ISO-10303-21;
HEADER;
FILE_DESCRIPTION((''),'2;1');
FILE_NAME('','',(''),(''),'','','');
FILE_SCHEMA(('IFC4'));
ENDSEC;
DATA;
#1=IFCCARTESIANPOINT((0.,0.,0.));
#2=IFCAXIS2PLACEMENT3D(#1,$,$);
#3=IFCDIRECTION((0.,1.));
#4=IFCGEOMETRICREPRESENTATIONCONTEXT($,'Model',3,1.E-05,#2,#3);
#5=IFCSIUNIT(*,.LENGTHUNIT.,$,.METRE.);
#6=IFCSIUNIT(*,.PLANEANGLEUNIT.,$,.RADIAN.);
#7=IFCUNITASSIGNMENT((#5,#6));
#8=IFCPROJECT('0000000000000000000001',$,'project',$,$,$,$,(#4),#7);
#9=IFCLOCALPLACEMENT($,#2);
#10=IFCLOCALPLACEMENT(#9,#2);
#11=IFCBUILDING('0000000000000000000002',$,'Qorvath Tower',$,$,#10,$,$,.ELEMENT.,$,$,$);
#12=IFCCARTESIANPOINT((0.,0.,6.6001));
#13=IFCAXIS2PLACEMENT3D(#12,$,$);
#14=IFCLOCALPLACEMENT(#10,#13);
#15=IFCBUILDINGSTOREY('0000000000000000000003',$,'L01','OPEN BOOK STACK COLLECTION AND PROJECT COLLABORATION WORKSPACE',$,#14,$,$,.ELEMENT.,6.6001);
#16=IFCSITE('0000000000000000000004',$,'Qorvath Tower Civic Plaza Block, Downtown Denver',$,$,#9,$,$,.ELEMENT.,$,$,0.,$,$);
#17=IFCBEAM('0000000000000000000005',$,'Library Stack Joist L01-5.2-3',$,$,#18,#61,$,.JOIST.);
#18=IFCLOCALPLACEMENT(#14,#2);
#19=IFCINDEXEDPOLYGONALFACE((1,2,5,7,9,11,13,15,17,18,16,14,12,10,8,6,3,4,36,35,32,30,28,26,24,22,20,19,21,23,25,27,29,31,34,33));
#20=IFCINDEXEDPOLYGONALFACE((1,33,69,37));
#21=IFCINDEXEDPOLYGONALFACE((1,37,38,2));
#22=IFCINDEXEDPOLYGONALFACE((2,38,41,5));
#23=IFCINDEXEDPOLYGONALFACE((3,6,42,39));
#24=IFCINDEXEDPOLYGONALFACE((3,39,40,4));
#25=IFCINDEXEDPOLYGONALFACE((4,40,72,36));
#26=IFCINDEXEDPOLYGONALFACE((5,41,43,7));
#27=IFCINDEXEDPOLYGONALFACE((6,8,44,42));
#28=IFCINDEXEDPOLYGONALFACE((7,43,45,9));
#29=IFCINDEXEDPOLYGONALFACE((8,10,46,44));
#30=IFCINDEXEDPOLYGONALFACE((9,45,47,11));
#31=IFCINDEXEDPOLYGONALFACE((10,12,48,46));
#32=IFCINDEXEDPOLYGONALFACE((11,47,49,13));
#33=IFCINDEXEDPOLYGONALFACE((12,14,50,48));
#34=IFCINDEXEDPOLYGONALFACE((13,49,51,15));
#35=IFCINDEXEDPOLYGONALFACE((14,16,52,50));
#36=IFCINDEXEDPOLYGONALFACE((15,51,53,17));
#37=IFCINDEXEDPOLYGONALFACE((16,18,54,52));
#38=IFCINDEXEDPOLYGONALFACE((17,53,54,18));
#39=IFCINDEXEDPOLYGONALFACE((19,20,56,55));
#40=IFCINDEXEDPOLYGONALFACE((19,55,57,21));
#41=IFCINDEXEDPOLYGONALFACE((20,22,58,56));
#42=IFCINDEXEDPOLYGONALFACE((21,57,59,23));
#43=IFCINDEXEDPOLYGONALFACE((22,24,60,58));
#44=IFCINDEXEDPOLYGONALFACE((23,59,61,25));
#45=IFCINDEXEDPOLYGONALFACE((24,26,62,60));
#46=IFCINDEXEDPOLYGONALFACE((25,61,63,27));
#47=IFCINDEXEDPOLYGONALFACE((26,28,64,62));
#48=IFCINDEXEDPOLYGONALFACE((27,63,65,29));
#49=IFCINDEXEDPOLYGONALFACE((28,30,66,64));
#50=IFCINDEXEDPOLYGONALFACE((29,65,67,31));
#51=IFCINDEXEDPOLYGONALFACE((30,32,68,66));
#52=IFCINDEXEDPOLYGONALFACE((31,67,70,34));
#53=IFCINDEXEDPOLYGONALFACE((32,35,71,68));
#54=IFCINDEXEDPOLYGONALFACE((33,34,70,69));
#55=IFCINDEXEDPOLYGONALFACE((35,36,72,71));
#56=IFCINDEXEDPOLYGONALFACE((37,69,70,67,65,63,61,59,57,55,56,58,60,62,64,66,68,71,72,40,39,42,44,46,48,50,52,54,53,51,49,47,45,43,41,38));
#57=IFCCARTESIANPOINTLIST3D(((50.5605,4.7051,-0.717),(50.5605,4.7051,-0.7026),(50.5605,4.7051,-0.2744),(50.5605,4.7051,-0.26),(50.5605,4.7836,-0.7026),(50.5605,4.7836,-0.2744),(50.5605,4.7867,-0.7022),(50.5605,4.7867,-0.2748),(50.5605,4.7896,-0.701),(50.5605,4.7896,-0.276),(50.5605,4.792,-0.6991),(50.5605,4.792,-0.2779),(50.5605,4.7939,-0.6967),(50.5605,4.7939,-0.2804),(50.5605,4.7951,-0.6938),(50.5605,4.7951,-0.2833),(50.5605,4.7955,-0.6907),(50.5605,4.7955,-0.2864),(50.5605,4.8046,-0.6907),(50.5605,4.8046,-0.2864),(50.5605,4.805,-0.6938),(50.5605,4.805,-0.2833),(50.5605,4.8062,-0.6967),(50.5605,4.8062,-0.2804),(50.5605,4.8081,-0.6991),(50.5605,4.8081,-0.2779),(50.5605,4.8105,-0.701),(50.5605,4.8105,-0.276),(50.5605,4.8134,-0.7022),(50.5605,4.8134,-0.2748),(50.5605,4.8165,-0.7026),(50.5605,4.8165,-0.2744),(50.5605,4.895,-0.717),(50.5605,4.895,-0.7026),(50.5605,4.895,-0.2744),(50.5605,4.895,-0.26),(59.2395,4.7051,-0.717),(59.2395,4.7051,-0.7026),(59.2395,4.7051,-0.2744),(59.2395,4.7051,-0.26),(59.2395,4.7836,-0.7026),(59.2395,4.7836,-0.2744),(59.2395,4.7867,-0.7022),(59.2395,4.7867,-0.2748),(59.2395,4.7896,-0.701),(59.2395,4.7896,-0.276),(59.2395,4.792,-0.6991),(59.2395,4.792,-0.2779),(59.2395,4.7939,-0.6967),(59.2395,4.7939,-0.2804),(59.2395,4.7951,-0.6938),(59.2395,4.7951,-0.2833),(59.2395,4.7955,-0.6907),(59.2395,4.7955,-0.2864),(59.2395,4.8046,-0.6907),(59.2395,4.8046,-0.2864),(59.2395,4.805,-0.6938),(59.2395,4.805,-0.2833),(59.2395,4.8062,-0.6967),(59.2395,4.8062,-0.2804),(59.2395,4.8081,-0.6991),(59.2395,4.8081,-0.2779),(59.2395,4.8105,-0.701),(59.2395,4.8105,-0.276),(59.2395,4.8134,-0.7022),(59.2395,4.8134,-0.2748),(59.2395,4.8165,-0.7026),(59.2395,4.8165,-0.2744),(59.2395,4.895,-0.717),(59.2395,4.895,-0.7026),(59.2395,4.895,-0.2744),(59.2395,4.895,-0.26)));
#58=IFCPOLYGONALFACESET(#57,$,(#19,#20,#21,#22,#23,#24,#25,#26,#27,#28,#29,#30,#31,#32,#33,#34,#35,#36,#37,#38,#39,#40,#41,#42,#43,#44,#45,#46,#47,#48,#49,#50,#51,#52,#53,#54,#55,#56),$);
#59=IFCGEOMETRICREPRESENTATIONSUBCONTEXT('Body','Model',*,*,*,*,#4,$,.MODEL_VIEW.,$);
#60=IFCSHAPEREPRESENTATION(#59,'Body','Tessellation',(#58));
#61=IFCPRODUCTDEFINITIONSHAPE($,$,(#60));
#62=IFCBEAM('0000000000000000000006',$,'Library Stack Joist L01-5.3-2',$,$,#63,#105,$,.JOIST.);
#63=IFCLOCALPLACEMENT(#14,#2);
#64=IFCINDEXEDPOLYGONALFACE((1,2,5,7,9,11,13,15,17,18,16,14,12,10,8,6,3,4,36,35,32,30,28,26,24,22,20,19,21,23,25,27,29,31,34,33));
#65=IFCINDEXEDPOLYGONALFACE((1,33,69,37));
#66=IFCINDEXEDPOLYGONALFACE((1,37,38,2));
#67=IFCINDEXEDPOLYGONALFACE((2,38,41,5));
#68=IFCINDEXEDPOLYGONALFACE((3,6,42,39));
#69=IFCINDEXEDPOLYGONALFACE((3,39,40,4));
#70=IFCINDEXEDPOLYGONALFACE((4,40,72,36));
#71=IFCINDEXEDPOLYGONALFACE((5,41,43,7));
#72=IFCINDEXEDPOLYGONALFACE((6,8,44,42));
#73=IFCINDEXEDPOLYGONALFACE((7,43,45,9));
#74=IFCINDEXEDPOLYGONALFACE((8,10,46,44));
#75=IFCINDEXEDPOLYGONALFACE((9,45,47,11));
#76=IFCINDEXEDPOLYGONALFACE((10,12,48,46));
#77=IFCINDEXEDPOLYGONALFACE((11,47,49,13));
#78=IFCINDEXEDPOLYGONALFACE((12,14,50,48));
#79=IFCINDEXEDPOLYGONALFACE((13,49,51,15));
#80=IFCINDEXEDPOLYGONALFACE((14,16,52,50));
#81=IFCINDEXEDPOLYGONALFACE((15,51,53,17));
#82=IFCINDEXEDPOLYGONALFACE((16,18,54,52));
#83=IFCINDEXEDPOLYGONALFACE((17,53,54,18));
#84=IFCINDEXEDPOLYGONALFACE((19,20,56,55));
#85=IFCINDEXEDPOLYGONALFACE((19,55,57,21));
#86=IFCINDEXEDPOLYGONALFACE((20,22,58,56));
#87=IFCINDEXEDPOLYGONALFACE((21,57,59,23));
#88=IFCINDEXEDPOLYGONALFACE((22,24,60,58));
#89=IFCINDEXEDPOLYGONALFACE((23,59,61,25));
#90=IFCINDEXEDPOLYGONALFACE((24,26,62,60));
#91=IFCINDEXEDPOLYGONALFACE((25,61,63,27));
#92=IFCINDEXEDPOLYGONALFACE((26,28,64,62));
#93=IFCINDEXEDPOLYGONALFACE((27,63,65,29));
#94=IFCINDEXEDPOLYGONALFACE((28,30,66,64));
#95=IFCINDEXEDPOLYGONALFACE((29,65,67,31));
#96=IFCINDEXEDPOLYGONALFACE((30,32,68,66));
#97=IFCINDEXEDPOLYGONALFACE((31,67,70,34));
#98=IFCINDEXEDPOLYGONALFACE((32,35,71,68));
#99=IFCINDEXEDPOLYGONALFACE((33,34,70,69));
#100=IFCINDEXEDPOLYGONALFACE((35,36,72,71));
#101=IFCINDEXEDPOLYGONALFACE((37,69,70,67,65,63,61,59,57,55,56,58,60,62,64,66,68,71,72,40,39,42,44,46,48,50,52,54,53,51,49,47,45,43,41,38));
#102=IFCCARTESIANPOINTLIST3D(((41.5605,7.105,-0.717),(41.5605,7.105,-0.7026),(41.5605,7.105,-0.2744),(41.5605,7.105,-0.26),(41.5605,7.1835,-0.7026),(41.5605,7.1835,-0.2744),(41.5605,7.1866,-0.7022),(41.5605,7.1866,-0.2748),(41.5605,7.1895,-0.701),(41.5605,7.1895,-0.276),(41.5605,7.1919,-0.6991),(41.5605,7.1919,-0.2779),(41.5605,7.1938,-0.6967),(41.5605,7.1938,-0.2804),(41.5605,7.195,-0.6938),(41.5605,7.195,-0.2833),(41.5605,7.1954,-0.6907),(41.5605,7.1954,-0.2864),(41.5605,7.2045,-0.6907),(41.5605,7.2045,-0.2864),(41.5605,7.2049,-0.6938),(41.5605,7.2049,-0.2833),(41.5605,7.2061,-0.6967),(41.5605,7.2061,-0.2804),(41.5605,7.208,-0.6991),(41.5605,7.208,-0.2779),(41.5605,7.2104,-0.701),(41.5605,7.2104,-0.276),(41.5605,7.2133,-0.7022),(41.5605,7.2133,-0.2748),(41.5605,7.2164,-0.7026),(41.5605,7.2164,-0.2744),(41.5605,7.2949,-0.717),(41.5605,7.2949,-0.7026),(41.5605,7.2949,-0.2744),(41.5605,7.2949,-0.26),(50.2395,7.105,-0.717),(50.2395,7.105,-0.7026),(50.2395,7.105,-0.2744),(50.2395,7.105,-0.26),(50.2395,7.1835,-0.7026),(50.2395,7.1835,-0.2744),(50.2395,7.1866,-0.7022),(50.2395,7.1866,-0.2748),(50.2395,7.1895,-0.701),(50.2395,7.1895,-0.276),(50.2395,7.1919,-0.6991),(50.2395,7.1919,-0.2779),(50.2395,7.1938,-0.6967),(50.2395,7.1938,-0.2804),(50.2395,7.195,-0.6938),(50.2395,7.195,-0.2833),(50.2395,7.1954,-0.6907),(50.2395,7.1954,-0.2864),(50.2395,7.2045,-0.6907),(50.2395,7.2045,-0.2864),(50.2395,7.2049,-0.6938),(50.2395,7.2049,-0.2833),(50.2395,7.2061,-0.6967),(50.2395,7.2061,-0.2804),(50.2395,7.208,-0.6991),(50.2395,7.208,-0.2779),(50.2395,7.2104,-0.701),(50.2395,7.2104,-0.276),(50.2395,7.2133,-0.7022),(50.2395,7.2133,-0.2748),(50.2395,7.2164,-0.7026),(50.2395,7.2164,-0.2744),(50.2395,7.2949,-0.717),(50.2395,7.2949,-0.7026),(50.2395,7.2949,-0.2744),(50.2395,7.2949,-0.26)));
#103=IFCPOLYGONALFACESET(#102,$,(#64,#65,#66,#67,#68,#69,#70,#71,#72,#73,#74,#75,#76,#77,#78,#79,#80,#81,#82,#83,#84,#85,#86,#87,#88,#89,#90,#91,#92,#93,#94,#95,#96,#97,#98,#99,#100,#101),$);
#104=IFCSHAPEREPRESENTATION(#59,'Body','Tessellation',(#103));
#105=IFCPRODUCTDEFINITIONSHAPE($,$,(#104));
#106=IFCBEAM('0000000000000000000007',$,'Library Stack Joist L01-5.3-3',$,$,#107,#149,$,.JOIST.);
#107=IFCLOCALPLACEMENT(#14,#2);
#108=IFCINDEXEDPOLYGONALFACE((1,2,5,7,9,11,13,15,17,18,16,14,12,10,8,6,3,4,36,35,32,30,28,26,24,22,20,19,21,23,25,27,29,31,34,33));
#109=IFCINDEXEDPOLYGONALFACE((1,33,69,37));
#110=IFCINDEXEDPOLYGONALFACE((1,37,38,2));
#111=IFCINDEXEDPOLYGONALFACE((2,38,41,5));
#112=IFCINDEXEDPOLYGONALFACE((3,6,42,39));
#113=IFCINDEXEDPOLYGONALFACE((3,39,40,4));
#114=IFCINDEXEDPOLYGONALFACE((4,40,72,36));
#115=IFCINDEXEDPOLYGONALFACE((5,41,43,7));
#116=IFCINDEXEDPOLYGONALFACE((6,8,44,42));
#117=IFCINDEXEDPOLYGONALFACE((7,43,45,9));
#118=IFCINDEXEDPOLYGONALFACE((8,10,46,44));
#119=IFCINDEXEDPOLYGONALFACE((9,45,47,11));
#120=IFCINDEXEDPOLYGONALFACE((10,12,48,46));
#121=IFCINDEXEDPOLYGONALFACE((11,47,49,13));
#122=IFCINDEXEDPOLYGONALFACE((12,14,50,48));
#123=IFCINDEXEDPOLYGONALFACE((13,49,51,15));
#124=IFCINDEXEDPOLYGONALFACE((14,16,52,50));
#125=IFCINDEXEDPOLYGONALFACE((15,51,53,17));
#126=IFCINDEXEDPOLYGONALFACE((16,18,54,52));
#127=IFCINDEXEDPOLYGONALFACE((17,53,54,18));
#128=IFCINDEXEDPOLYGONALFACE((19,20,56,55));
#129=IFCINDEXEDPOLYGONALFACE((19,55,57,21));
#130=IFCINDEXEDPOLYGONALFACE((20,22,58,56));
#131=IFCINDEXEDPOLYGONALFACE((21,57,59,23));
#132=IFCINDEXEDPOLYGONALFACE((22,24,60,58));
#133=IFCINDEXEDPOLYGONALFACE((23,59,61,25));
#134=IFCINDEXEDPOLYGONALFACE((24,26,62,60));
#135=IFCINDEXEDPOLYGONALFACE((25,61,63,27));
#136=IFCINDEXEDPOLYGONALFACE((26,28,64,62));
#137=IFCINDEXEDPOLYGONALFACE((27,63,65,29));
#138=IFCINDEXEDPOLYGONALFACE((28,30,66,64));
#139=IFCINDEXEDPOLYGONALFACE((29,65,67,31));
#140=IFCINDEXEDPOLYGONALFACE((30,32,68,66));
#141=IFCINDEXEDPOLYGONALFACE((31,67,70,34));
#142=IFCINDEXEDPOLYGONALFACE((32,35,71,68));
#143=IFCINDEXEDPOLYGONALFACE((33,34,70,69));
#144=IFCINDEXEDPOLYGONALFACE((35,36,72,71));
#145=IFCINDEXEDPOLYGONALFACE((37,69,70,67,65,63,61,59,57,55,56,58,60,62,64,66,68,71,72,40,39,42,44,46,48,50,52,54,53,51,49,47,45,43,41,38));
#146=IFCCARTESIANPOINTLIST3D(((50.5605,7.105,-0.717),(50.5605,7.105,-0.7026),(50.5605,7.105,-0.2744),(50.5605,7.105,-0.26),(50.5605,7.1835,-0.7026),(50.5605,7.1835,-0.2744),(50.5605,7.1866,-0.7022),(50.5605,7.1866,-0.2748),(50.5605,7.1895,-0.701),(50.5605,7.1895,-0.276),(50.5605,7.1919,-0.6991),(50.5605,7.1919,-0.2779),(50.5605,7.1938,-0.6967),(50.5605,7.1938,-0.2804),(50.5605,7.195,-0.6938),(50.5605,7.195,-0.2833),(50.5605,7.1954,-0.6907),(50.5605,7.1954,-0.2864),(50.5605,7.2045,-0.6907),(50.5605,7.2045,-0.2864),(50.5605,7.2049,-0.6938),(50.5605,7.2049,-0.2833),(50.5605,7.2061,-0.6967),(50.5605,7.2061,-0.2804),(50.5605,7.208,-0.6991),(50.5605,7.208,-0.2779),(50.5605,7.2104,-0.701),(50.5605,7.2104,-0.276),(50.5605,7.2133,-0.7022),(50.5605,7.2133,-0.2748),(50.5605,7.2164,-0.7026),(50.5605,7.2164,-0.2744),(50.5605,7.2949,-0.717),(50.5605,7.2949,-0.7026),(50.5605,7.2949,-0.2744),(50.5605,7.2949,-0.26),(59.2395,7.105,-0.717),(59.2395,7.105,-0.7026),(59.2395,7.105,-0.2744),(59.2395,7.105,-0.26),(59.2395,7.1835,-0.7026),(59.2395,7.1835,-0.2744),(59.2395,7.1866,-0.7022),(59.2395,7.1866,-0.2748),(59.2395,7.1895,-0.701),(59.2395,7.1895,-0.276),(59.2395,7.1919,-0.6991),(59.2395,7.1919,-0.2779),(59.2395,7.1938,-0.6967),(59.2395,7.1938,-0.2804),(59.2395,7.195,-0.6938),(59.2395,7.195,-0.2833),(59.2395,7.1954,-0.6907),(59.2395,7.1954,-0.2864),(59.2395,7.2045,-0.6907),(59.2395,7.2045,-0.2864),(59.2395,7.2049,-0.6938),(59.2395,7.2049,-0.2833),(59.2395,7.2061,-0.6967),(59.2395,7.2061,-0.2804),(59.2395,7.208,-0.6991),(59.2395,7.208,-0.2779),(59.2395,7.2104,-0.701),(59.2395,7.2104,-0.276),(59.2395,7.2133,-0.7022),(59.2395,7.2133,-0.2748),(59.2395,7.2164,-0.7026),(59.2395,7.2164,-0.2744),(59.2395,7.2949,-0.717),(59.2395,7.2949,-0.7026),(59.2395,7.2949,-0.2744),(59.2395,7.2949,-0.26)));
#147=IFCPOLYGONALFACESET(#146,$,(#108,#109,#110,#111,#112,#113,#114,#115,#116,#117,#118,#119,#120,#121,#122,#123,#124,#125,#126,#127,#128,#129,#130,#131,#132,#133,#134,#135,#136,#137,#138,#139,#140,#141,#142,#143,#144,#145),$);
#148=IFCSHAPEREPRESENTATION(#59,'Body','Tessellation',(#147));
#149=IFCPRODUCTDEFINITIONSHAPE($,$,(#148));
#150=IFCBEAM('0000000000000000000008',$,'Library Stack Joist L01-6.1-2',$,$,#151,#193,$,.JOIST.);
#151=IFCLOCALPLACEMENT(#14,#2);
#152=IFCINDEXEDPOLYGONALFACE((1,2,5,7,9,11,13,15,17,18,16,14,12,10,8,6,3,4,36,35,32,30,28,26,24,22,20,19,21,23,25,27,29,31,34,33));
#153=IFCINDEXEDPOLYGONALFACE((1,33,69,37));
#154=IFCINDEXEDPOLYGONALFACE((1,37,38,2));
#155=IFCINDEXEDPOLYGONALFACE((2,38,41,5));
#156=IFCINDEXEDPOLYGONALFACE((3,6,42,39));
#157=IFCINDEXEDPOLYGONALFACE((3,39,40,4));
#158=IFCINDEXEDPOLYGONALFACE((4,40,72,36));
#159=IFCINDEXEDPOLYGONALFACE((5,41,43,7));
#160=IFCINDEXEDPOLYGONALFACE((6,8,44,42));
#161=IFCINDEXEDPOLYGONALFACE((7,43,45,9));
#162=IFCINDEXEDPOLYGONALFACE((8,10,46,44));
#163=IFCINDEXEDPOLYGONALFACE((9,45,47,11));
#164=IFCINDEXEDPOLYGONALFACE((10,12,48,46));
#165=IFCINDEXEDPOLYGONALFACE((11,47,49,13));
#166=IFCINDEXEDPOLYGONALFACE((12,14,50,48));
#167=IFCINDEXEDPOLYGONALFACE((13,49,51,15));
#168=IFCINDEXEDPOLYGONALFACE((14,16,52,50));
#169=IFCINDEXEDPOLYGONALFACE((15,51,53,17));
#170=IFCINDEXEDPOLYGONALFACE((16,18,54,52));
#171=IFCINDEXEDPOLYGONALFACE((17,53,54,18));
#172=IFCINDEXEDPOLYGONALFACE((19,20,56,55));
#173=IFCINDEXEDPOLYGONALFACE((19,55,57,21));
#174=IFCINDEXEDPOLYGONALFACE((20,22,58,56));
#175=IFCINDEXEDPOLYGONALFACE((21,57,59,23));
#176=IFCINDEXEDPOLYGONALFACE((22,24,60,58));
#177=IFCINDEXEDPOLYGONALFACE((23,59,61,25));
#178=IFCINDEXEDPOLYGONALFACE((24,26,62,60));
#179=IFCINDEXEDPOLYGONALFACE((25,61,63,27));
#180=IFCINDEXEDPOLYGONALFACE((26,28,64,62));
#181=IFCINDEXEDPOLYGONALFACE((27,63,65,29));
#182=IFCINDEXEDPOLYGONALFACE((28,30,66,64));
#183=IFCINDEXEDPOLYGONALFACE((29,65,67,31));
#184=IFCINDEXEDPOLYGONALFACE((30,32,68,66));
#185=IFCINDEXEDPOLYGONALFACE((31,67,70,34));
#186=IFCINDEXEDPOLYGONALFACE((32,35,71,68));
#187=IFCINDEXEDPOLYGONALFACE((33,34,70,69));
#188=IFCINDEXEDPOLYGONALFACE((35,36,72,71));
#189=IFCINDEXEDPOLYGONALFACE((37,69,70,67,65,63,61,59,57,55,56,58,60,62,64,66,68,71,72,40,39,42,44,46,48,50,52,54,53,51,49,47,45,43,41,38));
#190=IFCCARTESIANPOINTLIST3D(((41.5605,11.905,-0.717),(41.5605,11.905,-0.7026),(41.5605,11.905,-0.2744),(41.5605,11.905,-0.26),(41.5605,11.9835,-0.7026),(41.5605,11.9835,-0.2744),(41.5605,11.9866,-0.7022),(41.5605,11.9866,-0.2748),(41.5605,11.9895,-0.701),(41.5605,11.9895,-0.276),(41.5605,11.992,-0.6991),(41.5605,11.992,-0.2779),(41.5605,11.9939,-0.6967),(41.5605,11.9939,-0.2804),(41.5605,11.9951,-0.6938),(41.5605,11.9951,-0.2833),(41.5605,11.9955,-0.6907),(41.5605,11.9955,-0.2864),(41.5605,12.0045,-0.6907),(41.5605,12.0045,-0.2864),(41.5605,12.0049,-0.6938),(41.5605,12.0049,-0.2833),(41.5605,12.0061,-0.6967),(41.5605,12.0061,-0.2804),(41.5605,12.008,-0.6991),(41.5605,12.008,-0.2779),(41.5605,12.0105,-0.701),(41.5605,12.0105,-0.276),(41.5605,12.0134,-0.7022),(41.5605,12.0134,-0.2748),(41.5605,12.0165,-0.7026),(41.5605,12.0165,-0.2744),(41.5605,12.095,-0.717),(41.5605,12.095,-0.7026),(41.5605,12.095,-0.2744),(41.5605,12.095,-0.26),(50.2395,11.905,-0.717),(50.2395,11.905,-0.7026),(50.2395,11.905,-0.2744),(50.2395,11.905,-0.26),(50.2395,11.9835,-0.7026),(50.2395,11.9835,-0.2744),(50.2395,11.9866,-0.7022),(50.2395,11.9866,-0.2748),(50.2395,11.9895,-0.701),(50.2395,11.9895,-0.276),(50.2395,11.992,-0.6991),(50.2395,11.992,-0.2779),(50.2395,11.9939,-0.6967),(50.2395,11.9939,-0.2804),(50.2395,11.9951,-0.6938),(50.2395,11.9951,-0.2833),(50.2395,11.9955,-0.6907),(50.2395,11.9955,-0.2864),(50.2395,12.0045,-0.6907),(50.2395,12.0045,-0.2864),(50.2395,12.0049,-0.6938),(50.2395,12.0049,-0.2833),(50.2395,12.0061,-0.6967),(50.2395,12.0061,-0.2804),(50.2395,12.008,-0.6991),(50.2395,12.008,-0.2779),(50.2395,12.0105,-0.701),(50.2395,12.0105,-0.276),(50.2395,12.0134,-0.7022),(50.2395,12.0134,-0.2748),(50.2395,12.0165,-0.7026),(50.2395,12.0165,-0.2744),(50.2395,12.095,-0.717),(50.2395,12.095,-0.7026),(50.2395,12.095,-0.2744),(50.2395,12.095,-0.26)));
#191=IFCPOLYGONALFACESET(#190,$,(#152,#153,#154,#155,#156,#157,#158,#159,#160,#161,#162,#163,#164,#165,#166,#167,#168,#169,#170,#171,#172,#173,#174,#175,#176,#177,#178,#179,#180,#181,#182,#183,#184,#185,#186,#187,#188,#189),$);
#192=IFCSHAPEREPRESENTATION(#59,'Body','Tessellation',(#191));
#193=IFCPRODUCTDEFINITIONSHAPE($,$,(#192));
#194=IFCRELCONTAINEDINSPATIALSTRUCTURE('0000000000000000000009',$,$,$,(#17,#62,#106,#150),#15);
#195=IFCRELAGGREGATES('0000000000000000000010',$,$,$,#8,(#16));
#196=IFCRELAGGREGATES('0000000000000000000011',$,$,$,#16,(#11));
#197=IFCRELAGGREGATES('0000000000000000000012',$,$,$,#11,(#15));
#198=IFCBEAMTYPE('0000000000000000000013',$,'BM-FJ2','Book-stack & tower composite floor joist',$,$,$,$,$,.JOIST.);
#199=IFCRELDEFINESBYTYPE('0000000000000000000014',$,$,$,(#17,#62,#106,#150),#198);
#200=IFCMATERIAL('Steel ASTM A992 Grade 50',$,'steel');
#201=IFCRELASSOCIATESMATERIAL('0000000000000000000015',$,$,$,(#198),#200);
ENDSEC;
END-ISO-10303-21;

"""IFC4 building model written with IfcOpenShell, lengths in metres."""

from ifc_helpers import new_model, si_unit, direction, frame, origin, origin_2d, place, context, subcontext, project, spatial, i_section, extrude, material, material_profile, profile_set, type_object, element, save


model = new_model("IFC4")

# Units and contexts
model_context = context("Model", 3, precision=1e-05, world=origin(), true_north=direction((0.0, 1.0)))
body_context = subcontext(model_context, "Body", "Model", "MODEL_VIEW")
ifc_project = project(units=[si_unit("LENGTHUNIT", "METRE"), si_unit("PLANEANGLEUNIT", "RADIAN")], contexts=[model_context])

# Site, building, storey
site_placement = place(None, origin())
site = spatial("IfcSite", under=ifc_project, at=site_placement, Name="Qorvath Tower Civic Plaza Block, Downtown Denver", CompositionType="ELEMENT", RefElevation=0.0)
building_placement = place(site_placement, origin())
building = spatial("IfcBuilding", under=site, at=building_placement, Name="Qorvath Tower", CompositionType="ELEMENT")
storey_placement = place(building_placement, frame((0.0, 0.0, 6.6001)))
storey = spatial("IfcBuildingStorey", under=building, at=storey_placement, Name="L01", Description="OPEN BOOK STACK COLLECTION AND PROJECT COLLABORATION WORKSPACE", CompositionType="ELEMENT", Elevation=6.6001)

# Beams
ifc_material_1 = material(Name="Steel ASTM A992 Grade 50", Category="steel")
ifc_material_profile_1 = material_profile(ifc_material_1, i_section(OverallWidth=0.1899, OverallDepth=0.457, WebThickness=0.009, FlangeThickness=0.0144, FilletRadius=0.012, at=origin_2d()), Name="W18x50")
ifc_profile_set_1 = profile_set([ifc_material_profile_1], Name="Steel ASTM A992 Grade 50")
beam_type_1 = type_object("IfcBeamType", Name="BM-FJ2", Description="Book-stack & tower composite floor joist", PredefinedType="JOIST", material=ifc_profile_set_1)
for number, where, z_axis, x_axis, name in (
    (1, (50.5605, 4.8, -0.4885), (1.0, 0.0, 0.0), (0.0, 1.0, 0.0), "Library Stack Joist L01-5.2-3"),
    (2, (41.5605, 7.2, -0.4885), (1.0, 0.0, 0.0), (0.0, 1.0, 0.0), "Library Stack Joist L01-5.3-2"),
    (3, (50.5605, 7.2, -0.4885), (1.0, 0.0, 0.0), (0.0, 1.0, 0.0), "Library Stack Joist L01-5.3-3"),
    (4, (41.5605, 12.0, -0.4885), (1.0, 0.0, 0.0), (0.0, 1.0, 0.0), "Library Stack Joist L01-6.1-2"),
):
    element("IfcBeam", number, at=place(storey_placement, frame(where, z_axis=z_axis, x_axis=x_axis)), inside=storey, type_object=beam_type_1, Name=name, PredefinedType="JOIST", context=body_context, shape_type="SweptSolid", body=[
        extrude(i_section(OverallWidth=0.1899, OverallDepth=0.457, WebThickness=0.009, FlangeThickness=0.0144, FilletRadius=0.012, at=origin_2d()), origin(), (0.0, 0.0, 1.0), 8.679),
    ])

save(model, "model.ifc")
